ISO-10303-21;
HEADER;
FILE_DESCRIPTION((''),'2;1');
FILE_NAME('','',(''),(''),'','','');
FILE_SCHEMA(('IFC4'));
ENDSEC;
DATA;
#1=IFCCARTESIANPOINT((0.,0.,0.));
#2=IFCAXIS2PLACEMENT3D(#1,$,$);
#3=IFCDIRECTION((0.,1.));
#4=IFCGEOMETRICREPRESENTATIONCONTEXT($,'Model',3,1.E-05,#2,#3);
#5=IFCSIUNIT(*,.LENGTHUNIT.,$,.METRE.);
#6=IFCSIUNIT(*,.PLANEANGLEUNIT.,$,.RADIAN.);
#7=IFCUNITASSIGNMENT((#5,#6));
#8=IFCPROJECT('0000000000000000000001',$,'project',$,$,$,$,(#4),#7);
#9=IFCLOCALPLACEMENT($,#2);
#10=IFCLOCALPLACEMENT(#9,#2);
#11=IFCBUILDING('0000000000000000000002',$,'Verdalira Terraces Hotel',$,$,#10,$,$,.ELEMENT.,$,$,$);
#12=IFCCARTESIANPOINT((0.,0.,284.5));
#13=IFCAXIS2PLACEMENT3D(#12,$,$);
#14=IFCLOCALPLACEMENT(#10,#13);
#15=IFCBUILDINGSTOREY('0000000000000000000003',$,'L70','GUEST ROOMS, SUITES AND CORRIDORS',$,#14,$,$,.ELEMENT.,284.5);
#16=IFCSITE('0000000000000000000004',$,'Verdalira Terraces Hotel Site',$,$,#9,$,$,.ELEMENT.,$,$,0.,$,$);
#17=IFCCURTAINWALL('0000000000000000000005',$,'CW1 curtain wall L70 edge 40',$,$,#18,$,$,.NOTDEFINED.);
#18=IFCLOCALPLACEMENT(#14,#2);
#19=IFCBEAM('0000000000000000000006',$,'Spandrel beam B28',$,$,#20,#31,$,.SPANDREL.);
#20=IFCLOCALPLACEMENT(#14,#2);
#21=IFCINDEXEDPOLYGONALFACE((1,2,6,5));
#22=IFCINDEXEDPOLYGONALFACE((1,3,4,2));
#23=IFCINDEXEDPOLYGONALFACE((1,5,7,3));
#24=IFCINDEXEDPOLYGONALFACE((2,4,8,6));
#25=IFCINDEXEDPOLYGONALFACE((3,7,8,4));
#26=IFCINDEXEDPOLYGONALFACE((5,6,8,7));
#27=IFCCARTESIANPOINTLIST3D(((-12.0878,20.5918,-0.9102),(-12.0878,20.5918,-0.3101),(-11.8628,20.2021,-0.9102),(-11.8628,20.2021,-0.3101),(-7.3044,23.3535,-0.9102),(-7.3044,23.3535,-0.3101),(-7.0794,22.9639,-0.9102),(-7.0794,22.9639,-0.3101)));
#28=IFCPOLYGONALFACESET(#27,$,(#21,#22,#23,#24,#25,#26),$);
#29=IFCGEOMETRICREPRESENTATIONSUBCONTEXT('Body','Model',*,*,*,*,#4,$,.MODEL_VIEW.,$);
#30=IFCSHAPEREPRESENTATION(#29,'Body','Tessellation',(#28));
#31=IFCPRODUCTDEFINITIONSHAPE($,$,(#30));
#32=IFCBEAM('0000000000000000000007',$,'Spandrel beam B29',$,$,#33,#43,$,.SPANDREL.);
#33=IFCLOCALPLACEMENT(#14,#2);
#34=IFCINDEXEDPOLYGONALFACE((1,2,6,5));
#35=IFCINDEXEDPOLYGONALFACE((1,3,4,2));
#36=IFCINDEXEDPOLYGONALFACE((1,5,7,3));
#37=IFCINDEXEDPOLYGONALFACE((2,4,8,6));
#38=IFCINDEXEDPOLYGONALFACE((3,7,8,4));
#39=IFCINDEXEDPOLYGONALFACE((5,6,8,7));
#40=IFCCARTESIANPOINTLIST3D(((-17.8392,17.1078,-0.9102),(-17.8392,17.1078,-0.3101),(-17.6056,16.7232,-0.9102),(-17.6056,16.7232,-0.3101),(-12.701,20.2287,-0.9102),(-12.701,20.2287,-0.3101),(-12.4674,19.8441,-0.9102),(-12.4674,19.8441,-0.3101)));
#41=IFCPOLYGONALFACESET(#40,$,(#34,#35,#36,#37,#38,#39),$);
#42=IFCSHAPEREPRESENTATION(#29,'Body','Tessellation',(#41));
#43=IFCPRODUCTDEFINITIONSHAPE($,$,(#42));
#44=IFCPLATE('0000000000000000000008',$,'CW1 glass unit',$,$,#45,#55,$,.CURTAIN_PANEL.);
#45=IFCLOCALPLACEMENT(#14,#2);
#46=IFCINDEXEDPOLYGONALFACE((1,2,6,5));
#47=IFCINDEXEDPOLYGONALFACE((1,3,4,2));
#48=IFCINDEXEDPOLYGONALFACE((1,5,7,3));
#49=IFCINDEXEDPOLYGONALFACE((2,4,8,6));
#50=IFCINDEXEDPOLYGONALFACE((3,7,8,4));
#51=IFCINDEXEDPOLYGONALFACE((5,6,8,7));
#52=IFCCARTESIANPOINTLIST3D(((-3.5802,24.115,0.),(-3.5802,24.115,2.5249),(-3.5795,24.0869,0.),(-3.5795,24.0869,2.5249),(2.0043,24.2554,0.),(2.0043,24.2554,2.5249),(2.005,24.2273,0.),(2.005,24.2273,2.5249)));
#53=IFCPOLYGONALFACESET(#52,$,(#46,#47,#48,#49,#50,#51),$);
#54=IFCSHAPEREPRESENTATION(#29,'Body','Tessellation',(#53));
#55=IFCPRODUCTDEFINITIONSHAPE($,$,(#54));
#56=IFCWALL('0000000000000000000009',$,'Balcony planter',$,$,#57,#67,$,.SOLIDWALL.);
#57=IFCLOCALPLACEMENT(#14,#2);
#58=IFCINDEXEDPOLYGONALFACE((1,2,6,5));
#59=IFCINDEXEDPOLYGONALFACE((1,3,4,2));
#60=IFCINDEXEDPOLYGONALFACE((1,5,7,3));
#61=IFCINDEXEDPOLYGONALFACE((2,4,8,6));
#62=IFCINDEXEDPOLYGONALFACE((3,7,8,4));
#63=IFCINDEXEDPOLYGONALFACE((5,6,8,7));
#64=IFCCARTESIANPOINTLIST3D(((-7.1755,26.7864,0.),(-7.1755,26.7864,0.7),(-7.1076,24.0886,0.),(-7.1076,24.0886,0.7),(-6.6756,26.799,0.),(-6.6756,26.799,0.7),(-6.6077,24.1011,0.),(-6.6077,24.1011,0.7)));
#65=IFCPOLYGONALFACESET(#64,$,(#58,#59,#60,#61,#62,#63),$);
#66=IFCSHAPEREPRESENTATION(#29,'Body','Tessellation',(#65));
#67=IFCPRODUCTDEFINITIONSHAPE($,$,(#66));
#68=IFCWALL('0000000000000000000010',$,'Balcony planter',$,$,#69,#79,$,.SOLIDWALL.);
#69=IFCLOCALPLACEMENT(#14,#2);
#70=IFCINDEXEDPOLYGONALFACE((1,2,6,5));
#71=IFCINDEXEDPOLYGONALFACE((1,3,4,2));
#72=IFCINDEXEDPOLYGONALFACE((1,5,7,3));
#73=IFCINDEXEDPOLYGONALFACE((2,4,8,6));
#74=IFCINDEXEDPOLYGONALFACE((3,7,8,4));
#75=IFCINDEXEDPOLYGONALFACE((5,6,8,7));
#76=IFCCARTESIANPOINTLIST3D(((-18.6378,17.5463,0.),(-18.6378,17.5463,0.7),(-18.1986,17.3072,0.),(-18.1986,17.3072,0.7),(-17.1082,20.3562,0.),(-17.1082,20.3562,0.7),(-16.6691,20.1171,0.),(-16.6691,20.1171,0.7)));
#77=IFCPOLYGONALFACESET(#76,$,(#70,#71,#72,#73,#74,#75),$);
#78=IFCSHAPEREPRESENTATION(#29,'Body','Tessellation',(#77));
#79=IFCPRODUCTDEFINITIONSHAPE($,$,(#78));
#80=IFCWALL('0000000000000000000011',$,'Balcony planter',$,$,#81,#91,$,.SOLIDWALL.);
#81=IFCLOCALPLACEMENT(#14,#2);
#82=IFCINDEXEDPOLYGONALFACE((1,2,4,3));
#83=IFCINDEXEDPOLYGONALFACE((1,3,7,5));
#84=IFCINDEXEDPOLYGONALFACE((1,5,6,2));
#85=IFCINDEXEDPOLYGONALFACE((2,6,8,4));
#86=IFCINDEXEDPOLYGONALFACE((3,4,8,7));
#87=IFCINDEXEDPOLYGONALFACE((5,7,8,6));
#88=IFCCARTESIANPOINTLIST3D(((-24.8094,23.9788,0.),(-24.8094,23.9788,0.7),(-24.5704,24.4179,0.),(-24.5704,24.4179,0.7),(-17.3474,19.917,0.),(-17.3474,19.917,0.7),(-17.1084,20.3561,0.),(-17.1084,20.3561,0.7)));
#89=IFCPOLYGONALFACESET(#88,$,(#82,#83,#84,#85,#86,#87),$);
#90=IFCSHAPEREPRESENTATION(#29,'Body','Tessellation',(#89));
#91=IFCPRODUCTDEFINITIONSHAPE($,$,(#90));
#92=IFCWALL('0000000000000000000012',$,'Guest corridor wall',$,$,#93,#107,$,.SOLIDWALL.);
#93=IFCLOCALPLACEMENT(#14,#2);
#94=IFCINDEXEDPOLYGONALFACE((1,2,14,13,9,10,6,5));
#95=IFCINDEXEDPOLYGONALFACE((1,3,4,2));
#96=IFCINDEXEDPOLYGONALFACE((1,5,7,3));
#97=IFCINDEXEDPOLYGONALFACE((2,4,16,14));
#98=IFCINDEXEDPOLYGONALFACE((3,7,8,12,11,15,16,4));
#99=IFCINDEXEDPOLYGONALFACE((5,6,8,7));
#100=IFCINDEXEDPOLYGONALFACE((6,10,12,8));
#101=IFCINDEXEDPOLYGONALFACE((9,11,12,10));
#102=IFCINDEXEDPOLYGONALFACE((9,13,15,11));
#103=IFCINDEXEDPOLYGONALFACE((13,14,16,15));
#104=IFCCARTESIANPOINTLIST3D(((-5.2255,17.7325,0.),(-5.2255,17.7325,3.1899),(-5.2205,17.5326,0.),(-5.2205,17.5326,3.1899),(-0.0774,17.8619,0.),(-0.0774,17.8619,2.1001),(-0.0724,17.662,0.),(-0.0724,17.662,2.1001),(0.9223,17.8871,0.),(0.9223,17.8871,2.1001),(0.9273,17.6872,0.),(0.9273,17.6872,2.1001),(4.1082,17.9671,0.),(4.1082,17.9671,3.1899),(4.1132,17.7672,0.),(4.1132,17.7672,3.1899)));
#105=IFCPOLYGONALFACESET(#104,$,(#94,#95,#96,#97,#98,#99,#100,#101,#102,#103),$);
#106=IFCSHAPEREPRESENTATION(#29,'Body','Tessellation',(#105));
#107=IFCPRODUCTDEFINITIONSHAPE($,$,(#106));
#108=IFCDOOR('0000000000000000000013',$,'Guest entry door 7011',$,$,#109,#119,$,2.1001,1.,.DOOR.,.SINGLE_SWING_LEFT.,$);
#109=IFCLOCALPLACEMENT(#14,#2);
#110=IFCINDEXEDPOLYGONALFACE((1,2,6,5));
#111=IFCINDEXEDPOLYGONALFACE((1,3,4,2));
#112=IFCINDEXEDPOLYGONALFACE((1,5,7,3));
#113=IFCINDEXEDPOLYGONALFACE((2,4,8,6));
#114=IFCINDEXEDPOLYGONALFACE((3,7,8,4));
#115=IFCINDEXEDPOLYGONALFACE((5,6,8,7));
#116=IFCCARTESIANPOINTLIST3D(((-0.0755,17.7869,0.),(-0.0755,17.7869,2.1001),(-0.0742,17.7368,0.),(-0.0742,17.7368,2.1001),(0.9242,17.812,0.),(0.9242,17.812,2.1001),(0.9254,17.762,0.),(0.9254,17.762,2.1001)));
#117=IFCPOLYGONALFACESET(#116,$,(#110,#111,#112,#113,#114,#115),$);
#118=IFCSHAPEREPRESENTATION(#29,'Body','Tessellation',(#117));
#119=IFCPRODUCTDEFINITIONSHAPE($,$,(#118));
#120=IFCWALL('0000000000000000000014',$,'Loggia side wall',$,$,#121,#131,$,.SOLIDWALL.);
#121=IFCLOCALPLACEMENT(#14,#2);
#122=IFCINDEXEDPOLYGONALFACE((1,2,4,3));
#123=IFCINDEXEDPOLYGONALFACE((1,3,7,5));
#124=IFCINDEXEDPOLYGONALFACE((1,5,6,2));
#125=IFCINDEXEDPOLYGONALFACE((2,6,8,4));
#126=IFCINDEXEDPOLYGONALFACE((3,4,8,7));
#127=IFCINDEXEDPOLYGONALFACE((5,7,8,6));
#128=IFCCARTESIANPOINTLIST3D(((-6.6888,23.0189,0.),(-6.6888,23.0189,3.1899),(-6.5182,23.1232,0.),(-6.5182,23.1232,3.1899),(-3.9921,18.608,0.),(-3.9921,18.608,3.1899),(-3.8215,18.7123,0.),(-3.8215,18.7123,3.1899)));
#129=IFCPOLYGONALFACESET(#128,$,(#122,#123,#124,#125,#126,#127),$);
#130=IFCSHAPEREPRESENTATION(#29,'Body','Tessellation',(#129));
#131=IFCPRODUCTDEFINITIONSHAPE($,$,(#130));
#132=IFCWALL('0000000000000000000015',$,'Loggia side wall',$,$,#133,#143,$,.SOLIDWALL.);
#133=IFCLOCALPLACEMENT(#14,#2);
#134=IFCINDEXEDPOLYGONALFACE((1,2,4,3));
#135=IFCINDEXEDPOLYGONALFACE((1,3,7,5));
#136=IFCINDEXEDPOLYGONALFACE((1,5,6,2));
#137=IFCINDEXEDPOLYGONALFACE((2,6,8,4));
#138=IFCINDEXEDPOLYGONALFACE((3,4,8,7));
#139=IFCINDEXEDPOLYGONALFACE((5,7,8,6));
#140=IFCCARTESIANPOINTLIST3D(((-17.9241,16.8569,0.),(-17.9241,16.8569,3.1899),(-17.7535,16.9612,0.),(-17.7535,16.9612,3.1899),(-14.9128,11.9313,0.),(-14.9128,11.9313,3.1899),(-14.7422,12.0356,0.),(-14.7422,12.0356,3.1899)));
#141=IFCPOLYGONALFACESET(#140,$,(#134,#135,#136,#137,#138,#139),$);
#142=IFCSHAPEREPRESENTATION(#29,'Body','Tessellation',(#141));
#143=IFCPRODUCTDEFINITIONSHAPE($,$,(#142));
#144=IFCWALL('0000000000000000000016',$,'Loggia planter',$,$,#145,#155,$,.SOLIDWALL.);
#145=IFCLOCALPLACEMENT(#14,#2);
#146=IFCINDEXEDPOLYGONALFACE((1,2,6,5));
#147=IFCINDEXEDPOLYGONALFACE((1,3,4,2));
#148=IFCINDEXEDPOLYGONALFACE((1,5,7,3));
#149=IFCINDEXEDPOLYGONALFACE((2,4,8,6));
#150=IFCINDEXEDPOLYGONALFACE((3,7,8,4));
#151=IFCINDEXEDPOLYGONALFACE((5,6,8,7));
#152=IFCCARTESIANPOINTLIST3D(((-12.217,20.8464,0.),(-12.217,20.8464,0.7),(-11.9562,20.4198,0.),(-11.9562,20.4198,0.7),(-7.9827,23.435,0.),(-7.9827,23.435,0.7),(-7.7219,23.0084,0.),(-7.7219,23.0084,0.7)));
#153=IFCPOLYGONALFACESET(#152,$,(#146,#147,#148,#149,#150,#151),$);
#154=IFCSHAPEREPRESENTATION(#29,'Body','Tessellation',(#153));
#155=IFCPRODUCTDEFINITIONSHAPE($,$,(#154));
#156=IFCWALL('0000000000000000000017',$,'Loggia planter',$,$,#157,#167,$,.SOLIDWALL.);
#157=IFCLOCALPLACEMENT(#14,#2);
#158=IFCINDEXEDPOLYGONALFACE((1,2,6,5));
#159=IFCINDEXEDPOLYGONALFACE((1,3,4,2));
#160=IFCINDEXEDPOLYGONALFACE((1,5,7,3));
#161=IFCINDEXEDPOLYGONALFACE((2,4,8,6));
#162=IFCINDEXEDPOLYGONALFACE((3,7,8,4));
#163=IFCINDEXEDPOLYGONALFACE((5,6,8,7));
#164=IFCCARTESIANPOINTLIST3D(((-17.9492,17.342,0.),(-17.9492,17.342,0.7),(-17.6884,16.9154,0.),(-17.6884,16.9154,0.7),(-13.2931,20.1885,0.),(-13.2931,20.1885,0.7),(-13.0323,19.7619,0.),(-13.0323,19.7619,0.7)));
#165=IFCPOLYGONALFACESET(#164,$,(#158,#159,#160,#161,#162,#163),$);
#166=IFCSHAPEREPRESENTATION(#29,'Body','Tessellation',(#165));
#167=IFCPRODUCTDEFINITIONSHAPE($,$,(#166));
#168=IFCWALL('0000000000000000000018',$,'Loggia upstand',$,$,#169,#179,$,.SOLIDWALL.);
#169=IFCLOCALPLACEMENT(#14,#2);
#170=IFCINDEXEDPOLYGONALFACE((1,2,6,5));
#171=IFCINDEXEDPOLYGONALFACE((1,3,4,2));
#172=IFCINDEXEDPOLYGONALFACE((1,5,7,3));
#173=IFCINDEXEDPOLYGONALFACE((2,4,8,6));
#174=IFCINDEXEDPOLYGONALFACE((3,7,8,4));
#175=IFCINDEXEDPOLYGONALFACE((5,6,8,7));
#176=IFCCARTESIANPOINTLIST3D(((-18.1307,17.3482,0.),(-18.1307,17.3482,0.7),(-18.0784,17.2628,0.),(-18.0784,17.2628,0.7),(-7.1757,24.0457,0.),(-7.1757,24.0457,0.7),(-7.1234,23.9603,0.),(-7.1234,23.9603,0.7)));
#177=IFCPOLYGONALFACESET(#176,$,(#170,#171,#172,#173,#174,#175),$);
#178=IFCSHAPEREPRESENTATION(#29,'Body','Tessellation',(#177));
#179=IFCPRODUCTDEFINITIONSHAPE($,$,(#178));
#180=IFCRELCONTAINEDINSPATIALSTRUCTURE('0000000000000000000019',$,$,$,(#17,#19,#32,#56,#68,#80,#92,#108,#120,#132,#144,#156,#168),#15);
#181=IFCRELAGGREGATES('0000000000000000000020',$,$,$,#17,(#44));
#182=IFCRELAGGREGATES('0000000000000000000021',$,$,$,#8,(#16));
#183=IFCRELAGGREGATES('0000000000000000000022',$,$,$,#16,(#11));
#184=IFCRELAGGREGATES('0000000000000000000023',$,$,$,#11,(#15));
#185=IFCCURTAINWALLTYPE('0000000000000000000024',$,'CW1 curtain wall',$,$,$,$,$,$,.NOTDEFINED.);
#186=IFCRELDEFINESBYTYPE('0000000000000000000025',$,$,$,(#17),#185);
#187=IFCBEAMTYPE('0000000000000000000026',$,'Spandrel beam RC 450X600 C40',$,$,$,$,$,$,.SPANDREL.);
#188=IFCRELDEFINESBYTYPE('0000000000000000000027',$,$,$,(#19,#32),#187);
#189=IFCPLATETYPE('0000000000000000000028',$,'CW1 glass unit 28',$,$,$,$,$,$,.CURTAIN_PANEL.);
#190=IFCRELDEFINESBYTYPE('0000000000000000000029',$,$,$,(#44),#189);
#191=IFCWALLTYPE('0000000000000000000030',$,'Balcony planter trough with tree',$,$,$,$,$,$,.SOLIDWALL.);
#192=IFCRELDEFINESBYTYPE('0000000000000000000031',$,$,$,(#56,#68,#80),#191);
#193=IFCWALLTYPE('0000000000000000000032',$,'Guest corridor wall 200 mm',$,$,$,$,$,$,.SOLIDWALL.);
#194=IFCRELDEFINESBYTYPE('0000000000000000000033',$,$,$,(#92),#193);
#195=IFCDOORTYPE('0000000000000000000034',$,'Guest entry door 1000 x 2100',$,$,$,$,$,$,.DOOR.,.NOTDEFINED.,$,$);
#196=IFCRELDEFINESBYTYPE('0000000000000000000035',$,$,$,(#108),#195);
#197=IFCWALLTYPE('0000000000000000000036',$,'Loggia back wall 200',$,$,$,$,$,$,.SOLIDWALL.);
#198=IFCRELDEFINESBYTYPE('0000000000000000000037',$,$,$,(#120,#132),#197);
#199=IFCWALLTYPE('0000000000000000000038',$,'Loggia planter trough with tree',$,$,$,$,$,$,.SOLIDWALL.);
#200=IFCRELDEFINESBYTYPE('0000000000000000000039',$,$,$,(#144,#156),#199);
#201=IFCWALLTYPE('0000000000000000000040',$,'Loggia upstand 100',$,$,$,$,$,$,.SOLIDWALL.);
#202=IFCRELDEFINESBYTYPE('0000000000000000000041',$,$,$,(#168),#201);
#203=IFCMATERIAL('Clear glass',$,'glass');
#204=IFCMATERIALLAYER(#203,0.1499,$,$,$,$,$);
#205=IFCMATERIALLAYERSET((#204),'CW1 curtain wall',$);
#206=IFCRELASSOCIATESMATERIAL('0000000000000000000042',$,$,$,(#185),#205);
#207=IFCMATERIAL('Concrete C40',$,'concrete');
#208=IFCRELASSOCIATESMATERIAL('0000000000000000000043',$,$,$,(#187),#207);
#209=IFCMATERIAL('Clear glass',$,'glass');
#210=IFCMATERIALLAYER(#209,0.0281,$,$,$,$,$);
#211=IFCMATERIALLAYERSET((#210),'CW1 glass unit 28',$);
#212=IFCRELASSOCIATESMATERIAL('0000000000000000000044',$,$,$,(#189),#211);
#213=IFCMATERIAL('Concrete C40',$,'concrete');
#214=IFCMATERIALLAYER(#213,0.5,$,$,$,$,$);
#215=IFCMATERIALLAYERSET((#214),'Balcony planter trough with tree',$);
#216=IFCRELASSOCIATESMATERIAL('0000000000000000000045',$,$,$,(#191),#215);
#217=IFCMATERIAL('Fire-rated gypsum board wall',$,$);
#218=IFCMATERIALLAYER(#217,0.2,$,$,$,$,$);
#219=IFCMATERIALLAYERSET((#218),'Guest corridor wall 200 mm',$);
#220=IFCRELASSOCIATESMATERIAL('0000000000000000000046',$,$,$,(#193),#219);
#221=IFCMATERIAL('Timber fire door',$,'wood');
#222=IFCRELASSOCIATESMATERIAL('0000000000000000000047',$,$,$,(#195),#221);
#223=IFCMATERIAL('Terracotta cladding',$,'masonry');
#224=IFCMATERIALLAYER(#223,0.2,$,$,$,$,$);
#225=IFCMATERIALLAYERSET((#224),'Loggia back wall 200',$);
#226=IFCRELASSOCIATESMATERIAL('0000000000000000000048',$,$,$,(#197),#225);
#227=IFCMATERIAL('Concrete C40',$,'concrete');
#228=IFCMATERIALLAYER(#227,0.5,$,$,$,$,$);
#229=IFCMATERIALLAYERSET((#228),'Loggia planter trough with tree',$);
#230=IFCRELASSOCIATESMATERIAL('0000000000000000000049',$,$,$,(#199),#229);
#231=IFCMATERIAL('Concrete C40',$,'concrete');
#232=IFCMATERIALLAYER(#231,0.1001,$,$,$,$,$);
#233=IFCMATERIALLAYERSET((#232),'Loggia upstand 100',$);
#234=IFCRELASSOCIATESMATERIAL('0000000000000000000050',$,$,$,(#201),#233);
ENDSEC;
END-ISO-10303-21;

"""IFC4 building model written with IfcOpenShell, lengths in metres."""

from ifc_helpers import new_model, si_unit, direction, frame, frame_2d, origin, origin_2d, place, context, subcontext, project, spatial, rectangle, extrude, material, layer, layer_set, material_profile, profile_set, type_object, element, fill, aggregate, save


model = new_model("IFC4")

# Units and contexts
model_context = context("Model", 3, precision=1e-05, world=origin(), true_north=direction((0.0, 1.0)))
body_context = subcontext(model_context, "Body", "Model", "MODEL_VIEW")
ifc_project = project(units=[si_unit("LENGTHUNIT", "METRE"), si_unit("PLANEANGLEUNIT", "RADIAN")], contexts=[model_context])

# Site, building, storey
site_placement = place(None, origin())
site = spatial("IfcSite", under=ifc_project, at=site_placement, Name="Verdalira Terraces Hotel Site", CompositionType="ELEMENT", RefElevation=0.0)
building_placement = place(site_placement, origin())
building = spatial("IfcBuilding", under=site, at=building_placement, Name="Verdalira Terraces Hotel", CompositionType="ELEMENT")
storey_placement = place(building_placement, frame((0.0, 0.0, 284.5)))
storey = spatial("IfcBuildingStorey", under=building, at=storey_placement, Name="L70", Description="GUEST ROOMS, SUITES AND CORRIDORS", CompositionType="ELEMENT", Elevation=284.5)

# Curtain wall
ifc_material_1 = material(Name="Clear glass", Category="glass")
ifc_layer_1 = layer(ifc_material_1, 0.1499)
ifc_layer_set_1 = layer_set([ifc_layer_1], Name="CW1 curtain wall")
curtain_wall_type_1 = type_object("IfcCurtainWallType", Name="CW1 curtain wall", PredefinedType="NOTDEFINED", material=ifc_layer_set_1)
curtain_wall_1_placement = place(storey_placement, origin())
curtain_wall_1 = element("IfcCurtainWall", 1, at=curtain_wall_1_placement, inside=storey, type_object=curtain_wall_type_1, Name="CW1 curtain wall L70 edge 40", PredefinedType="NOTDEFINED")

# Beams
ifc_material_2 = material(Name="Concrete C40", Category="concrete")
ifc_material_profile_1 = material_profile(ifc_material_2, rectangle(XDim=0.45, YDim=0.6001, at=origin_2d()), Name="RC 450X600")
ifc_profile_set_1 = profile_set([ifc_material_profile_1], Name="Concrete C40")
beam_type_1 = type_object("IfcBeamType", Name="Spandrel beam RC 450X600 C40", PredefinedType="SPANDREL", material=ifc_profile_set_1)
beam_1_placement = place(storey_placement, frame((-7.1919, 23.1587, -0.6101), z_axis=(-0.866026, -0.499999, 0.0), x_axis=(0.499999, -0.866026, 0.0)))
element("IfcBeam", 2, at=beam_1_placement, inside=storey, type_object=beam_type_1, Name="Spandrel beam B28", PredefinedType="SPANDREL", context=body_context, shape_type="SweptSolid", body=[
    extrude(rectangle(XDim=0.45, YDim=0.6001, at=origin_2d()), origin(), (0.0, 0.0, 1.0), 5.5234),
])
beam_2_placement = place(storey_placement, frame((-12.5842, 20.0364, -0.6101), z_axis=(-0.854696, -0.519129, 0.0), x_axis=(0.519129, -0.854696, 0.0)))
element("IfcBeam", 3, at=beam_2_placement, inside=storey, type_object=beam_type_1, Name="Spandrel beam B29", PredefinedType="SPANDREL", context=body_context, shape_type="SweptSolid", body=[
    extrude(rectangle(XDim=0.45, YDim=0.6001, at=origin_2d()), origin(), (0.0, 0.0, 1.0), 6.0117),
])

# Plate
ifc_material_3 = material(Name="Clear glass", Category="glass")
ifc_layer_2 = layer(ifc_material_3, 0.0281)
ifc_layer_set_2 = layer_set([ifc_layer_2], Name="CW1 glass unit 28")
plate_type = type_object("IfcPlateType", Name="CW1 glass unit 28", PredefinedType="CURTAIN_PANEL", material=ifc_layer_set_2)
plate_placement = place(storey_placement, frame((-0.7876, 24.1711, 0.0), z_axis=(0.0, 0.0, 1.0), x_axis=(-0.999684, -0.02513, 0.0)))
plate = element("IfcPlate", 4, at=plate_placement, type_object=plate_type, Name="CW1 glass unit", PredefinedType="CURTAIN_PANEL", context=body_context, shape_type="SweptSolid", body=[
    extrude(rectangle(XDim=5.5862, YDim=0.0281, at=origin_2d()), origin(), (0.0, 0.0, 1.0), 2.5249),
])
aggregate(curtain_wall_1, [plate])

# Walls
ifc_material_4 = material(Name="Concrete C40", Category="concrete")
ifc_layer_3 = layer(ifc_material_4, 0.5)
ifc_layer_set_3 = layer_set([ifc_layer_3], Name="Balcony planter trough with tree")
wall_type_1 = type_object("IfcWallType", Name="Balcony planter trough with tree", PredefinedType="SOLIDWALL", material=ifc_layer_set_3)
wall_1_placement = place(storey_placement, frame((-6.9255, 26.7927, 0.0), z_axis=(0.0, 0.0, 1.0), x_axis=(0.025148, -0.999684, 0.0)))
element("IfcWall", 5, at=wall_1_placement, inside=storey, type_object=wall_type_1, Name="Balcony planter", PredefinedType="SOLIDWALL", context=body_context, shape_type="SweptSolid", body=[
    extrude(rectangle(XDim=2.6987, YDim=0.5, at=frame_2d((1.3494, 0.0))), origin(), (0.0, 0.0, 1.0), 0.7),
])
wall_2_placement = place(storey_placement, frame((-18.4182, 17.4268, 0.0), z_axis=(0.0, 0.0, 1.0), x_axis=(0.478109, 0.878301, 0.0)))
element("IfcWall", 6, at=wall_2_placement, inside=storey, type_object=wall_type_1, Name="Balcony planter", PredefinedType="SOLIDWALL", context=body_context, shape_type="SweptSolid", body=[
    extrude(rectangle(XDim=3.1992, YDim=0.5, at=frame_2d((1.5996, 0.0))), origin(), (0.0, 0.0, 1.0), 0.7),
])
wall_3_placement = place(storey_placement, frame((-17.2278, 20.1365, 0.0), z_axis=(0.0, 0.0, 1.0), x_axis=(-0.878309, 0.478093, 0.0)))
element("IfcWall", 7, at=wall_3_placement, inside=storey, type_object=wall_type_1, Name="Balcony planter", PredefinedType="SOLIDWALL", context=body_context, shape_type="SweptSolid", body=[
    extrude(rectangle(XDim=8.4959, YDim=0.5, at=frame_2d((4.248, 0.0))), origin(), (0.0, 0.0, 1.0), 0.7),
])

# Wall, opening, door
ifc_material_5 = material(Name="Fire-rated gypsum board wall")
ifc_layer_4 = layer(ifc_material_5, 0.2)
ifc_layer_set_4 = layer_set([ifc_layer_4], Name="Guest corridor wall 200 mm")
wall_type_2 = type_object("IfcWallType", Name="Guest corridor wall 200 mm", PredefinedType="SOLIDWALL", material=ifc_layer_set_4)
wall_4_placement = place(storey_placement, frame((-5.2231, 17.6326, 0.0), z_axis=(0.0, 0.0, 1.0), x_axis=(0.999684, 0.025129, 0.0)))
wall_4 = element("IfcWall", 8, at=wall_4_placement, inside=storey, type_object=wall_type_2, Name="Guest corridor wall", PredefinedType="SOLIDWALL", context=body_context, shape_type="SweptSolid", body=[
    extrude(rectangle(XDim=9.3367, YDim=0.2, at=frame_2d((4.6685, 0.0))), origin(), (0.0, 0.0, 1.0), 3.1899),
])
opening_1_placement = place(wall_4_placement, frame((5.1499, 0.0, 0.0)))
opening_1 = element("IfcOpeningElement", 9, at=opening_1_placement, cuts=wall_4, PredefinedType="OPENING", context=body_context, shape_type="SweptSolid", body=[
    extrude(rectangle(XDim=1.0, YDim=2.1001, at=frame_2d((0.5, 1.05))), frame((0.0, 0.1099, 0.0), z_axis=(0.0, -1.0, 0.0), x_axis=(1.0, 0.0, 0.0)), (0.0, 0.0, 1.0), 0.22),
])
ifc_material_6 = material(Name="Timber fire door", Category="wood")
door_type_1 = type_object("IfcDoorType", Name="Guest entry door 1000 x 2100", OperationType="NOTDEFINED", PredefinedType="DOOR", material=ifc_material_6)
door_1_placement = place(opening_1_placement, origin())
door_1 = element("IfcDoor", 10, at=door_1_placement, inside=storey, type_object=door_type_1, Name="Guest entry door 7011", OperationType="SINGLE_SWING_LEFT", OverallHeight=2.1001, OverallWidth=1.0, PredefinedType="DOOR", context=body_context, shape_type="SweptSolid", body=[
    extrude(rectangle(XDim=1.0, YDim=2.1001, at=frame_2d((0.5, 1.05))), frame((0.0, 0.0249, 0.0), z_axis=(0.0, -1.0, 0.0), x_axis=(1.0, 0.0, 0.0)), (0.0, 0.0, 1.0), 0.05),
])
fill(opening_1, door_1)

# Walls
ifc_material_7 = material(Name="Terracotta cladding", Category="masonry")
ifc_layer_5 = layer(ifc_material_7, 0.2)
ifc_layer_set_5 = layer_set([ifc_layer_5], Name="Loggia back wall 200")
wall_type_3 = type_object("IfcWallType", Name="Loggia back wall 200", PredefinedType="SOLIDWALL", material=ifc_layer_set_5)
wall_5_placement = place(storey_placement, frame((-6.6035, 23.071, 0.0), z_axis=(0.0, 0.0, 1.0), x_axis=(0.521624, -0.853176, 0.0)))
element("IfcWall", 11, at=wall_5_placement, inside=storey, type_object=wall_type_3, Name="Loggia side wall", PredefinedType="SOLIDWALL", context=body_context, shape_type="SweptSolid", body=[
    extrude(rectangle(XDim=5.1699, YDim=0.2, at=frame_2d((2.585, 0.0))), origin(), (0.0, 0.0, 1.0), 3.1899),
])
wall_6_placement = place(storey_placement, frame((-17.8389, 16.9092, 0.0), z_axis=(0.0, 0.0, 1.0), x_axis=(0.521599, -0.853191, 0.0)))
element("IfcWall", 12, at=wall_6_placement, inside=storey, type_object=wall_type_3, Name="Loggia side wall", PredefinedType="SOLIDWALL", context=body_context, shape_type="SweptSolid", body=[
    extrude(rectangle(XDim=5.7732, YDim=0.2, at=frame_2d((2.8867, 0.0))), origin(), (0.0, 0.0, 1.0), 3.1899),
])
ifc_material_8 = material(Name="Concrete C40", Category="concrete")
ifc_layer_6 = layer(ifc_material_8, 0.5)
ifc_layer_set_6 = layer_set([ifc_layer_6], Name="Loggia planter trough with tree")
wall_type_4 = type_object("IfcWallType", Name="Loggia planter trough with tree", PredefinedType="SOLIDWALL", material=ifc_layer_set_6)
wall_7_placement = place(storey_placement, frame((-7.8523, 23.2217, 0.0), z_axis=(0.0, 0.0, 1.0), x_axis=(-0.853197, -0.521589, 0.0)))
element("IfcWall", 13, at=wall_7_placement, inside=storey, type_object=wall_type_4, Name="Loggia planter", PredefinedType="SOLIDWALL", context=body_context, shape_type="SweptSolid", body=[
    extrude(rectangle(XDim=4.9629, YDim=0.5, at=frame_2d((2.4814, 0.0))), origin(), (0.0, 0.0, 1.0), 0.7),
])
wall_8_placement = place(storey_placement, frame((-13.1628, 19.9751, 0.0), z_axis=(0.0, 0.0, 1.0), x_axis=(-0.853192, -0.521597, 0.0)))
element("IfcWall", 14, at=wall_8_placement, inside=storey, type_object=wall_type_4, Name="Loggia planter", PredefinedType="SOLIDWALL", context=body_context, shape_type="SweptSolid", body=[
    extrude(rectangle(XDim=5.4573, YDim=0.5, at=frame_2d((2.7285, 0.0))), origin(), (0.0, 0.0, 1.0), 0.7),
])
ifc_material_9 = material(Name="Concrete C40", Category="concrete")
ifc_layer_7 = layer(ifc_material_9, 0.1001)
ifc_layer_set_7 = layer_set([ifc_layer_7], Name="Loggia upstand 100")
wall_type_5 = type_object("IfcWallType", Name="Loggia upstand 100", PredefinedType="SOLIDWALL", material=ifc_layer_set_7)
wall_9_placement = place(storey_placement, frame((-7.1497, 24.0029, 0.0), z_axis=(0.0, 0.0, 1.0), x_axis=(-0.853187, -0.521605, 0.0)))
element("IfcWall", 15, at=wall_9_placement, inside=storey, type_object=wall_type_5, Name="Loggia upstand", PredefinedType="SOLIDWALL", context=body_context, shape_type="SweptSolid", body=[
    extrude(rectangle(XDim=12.8401, YDim=0.1001, at=frame_2d((6.4199, 0.0))), origin(), (0.0, 0.0, 1.0), 0.7),
])

save(model, "model.ifc")
